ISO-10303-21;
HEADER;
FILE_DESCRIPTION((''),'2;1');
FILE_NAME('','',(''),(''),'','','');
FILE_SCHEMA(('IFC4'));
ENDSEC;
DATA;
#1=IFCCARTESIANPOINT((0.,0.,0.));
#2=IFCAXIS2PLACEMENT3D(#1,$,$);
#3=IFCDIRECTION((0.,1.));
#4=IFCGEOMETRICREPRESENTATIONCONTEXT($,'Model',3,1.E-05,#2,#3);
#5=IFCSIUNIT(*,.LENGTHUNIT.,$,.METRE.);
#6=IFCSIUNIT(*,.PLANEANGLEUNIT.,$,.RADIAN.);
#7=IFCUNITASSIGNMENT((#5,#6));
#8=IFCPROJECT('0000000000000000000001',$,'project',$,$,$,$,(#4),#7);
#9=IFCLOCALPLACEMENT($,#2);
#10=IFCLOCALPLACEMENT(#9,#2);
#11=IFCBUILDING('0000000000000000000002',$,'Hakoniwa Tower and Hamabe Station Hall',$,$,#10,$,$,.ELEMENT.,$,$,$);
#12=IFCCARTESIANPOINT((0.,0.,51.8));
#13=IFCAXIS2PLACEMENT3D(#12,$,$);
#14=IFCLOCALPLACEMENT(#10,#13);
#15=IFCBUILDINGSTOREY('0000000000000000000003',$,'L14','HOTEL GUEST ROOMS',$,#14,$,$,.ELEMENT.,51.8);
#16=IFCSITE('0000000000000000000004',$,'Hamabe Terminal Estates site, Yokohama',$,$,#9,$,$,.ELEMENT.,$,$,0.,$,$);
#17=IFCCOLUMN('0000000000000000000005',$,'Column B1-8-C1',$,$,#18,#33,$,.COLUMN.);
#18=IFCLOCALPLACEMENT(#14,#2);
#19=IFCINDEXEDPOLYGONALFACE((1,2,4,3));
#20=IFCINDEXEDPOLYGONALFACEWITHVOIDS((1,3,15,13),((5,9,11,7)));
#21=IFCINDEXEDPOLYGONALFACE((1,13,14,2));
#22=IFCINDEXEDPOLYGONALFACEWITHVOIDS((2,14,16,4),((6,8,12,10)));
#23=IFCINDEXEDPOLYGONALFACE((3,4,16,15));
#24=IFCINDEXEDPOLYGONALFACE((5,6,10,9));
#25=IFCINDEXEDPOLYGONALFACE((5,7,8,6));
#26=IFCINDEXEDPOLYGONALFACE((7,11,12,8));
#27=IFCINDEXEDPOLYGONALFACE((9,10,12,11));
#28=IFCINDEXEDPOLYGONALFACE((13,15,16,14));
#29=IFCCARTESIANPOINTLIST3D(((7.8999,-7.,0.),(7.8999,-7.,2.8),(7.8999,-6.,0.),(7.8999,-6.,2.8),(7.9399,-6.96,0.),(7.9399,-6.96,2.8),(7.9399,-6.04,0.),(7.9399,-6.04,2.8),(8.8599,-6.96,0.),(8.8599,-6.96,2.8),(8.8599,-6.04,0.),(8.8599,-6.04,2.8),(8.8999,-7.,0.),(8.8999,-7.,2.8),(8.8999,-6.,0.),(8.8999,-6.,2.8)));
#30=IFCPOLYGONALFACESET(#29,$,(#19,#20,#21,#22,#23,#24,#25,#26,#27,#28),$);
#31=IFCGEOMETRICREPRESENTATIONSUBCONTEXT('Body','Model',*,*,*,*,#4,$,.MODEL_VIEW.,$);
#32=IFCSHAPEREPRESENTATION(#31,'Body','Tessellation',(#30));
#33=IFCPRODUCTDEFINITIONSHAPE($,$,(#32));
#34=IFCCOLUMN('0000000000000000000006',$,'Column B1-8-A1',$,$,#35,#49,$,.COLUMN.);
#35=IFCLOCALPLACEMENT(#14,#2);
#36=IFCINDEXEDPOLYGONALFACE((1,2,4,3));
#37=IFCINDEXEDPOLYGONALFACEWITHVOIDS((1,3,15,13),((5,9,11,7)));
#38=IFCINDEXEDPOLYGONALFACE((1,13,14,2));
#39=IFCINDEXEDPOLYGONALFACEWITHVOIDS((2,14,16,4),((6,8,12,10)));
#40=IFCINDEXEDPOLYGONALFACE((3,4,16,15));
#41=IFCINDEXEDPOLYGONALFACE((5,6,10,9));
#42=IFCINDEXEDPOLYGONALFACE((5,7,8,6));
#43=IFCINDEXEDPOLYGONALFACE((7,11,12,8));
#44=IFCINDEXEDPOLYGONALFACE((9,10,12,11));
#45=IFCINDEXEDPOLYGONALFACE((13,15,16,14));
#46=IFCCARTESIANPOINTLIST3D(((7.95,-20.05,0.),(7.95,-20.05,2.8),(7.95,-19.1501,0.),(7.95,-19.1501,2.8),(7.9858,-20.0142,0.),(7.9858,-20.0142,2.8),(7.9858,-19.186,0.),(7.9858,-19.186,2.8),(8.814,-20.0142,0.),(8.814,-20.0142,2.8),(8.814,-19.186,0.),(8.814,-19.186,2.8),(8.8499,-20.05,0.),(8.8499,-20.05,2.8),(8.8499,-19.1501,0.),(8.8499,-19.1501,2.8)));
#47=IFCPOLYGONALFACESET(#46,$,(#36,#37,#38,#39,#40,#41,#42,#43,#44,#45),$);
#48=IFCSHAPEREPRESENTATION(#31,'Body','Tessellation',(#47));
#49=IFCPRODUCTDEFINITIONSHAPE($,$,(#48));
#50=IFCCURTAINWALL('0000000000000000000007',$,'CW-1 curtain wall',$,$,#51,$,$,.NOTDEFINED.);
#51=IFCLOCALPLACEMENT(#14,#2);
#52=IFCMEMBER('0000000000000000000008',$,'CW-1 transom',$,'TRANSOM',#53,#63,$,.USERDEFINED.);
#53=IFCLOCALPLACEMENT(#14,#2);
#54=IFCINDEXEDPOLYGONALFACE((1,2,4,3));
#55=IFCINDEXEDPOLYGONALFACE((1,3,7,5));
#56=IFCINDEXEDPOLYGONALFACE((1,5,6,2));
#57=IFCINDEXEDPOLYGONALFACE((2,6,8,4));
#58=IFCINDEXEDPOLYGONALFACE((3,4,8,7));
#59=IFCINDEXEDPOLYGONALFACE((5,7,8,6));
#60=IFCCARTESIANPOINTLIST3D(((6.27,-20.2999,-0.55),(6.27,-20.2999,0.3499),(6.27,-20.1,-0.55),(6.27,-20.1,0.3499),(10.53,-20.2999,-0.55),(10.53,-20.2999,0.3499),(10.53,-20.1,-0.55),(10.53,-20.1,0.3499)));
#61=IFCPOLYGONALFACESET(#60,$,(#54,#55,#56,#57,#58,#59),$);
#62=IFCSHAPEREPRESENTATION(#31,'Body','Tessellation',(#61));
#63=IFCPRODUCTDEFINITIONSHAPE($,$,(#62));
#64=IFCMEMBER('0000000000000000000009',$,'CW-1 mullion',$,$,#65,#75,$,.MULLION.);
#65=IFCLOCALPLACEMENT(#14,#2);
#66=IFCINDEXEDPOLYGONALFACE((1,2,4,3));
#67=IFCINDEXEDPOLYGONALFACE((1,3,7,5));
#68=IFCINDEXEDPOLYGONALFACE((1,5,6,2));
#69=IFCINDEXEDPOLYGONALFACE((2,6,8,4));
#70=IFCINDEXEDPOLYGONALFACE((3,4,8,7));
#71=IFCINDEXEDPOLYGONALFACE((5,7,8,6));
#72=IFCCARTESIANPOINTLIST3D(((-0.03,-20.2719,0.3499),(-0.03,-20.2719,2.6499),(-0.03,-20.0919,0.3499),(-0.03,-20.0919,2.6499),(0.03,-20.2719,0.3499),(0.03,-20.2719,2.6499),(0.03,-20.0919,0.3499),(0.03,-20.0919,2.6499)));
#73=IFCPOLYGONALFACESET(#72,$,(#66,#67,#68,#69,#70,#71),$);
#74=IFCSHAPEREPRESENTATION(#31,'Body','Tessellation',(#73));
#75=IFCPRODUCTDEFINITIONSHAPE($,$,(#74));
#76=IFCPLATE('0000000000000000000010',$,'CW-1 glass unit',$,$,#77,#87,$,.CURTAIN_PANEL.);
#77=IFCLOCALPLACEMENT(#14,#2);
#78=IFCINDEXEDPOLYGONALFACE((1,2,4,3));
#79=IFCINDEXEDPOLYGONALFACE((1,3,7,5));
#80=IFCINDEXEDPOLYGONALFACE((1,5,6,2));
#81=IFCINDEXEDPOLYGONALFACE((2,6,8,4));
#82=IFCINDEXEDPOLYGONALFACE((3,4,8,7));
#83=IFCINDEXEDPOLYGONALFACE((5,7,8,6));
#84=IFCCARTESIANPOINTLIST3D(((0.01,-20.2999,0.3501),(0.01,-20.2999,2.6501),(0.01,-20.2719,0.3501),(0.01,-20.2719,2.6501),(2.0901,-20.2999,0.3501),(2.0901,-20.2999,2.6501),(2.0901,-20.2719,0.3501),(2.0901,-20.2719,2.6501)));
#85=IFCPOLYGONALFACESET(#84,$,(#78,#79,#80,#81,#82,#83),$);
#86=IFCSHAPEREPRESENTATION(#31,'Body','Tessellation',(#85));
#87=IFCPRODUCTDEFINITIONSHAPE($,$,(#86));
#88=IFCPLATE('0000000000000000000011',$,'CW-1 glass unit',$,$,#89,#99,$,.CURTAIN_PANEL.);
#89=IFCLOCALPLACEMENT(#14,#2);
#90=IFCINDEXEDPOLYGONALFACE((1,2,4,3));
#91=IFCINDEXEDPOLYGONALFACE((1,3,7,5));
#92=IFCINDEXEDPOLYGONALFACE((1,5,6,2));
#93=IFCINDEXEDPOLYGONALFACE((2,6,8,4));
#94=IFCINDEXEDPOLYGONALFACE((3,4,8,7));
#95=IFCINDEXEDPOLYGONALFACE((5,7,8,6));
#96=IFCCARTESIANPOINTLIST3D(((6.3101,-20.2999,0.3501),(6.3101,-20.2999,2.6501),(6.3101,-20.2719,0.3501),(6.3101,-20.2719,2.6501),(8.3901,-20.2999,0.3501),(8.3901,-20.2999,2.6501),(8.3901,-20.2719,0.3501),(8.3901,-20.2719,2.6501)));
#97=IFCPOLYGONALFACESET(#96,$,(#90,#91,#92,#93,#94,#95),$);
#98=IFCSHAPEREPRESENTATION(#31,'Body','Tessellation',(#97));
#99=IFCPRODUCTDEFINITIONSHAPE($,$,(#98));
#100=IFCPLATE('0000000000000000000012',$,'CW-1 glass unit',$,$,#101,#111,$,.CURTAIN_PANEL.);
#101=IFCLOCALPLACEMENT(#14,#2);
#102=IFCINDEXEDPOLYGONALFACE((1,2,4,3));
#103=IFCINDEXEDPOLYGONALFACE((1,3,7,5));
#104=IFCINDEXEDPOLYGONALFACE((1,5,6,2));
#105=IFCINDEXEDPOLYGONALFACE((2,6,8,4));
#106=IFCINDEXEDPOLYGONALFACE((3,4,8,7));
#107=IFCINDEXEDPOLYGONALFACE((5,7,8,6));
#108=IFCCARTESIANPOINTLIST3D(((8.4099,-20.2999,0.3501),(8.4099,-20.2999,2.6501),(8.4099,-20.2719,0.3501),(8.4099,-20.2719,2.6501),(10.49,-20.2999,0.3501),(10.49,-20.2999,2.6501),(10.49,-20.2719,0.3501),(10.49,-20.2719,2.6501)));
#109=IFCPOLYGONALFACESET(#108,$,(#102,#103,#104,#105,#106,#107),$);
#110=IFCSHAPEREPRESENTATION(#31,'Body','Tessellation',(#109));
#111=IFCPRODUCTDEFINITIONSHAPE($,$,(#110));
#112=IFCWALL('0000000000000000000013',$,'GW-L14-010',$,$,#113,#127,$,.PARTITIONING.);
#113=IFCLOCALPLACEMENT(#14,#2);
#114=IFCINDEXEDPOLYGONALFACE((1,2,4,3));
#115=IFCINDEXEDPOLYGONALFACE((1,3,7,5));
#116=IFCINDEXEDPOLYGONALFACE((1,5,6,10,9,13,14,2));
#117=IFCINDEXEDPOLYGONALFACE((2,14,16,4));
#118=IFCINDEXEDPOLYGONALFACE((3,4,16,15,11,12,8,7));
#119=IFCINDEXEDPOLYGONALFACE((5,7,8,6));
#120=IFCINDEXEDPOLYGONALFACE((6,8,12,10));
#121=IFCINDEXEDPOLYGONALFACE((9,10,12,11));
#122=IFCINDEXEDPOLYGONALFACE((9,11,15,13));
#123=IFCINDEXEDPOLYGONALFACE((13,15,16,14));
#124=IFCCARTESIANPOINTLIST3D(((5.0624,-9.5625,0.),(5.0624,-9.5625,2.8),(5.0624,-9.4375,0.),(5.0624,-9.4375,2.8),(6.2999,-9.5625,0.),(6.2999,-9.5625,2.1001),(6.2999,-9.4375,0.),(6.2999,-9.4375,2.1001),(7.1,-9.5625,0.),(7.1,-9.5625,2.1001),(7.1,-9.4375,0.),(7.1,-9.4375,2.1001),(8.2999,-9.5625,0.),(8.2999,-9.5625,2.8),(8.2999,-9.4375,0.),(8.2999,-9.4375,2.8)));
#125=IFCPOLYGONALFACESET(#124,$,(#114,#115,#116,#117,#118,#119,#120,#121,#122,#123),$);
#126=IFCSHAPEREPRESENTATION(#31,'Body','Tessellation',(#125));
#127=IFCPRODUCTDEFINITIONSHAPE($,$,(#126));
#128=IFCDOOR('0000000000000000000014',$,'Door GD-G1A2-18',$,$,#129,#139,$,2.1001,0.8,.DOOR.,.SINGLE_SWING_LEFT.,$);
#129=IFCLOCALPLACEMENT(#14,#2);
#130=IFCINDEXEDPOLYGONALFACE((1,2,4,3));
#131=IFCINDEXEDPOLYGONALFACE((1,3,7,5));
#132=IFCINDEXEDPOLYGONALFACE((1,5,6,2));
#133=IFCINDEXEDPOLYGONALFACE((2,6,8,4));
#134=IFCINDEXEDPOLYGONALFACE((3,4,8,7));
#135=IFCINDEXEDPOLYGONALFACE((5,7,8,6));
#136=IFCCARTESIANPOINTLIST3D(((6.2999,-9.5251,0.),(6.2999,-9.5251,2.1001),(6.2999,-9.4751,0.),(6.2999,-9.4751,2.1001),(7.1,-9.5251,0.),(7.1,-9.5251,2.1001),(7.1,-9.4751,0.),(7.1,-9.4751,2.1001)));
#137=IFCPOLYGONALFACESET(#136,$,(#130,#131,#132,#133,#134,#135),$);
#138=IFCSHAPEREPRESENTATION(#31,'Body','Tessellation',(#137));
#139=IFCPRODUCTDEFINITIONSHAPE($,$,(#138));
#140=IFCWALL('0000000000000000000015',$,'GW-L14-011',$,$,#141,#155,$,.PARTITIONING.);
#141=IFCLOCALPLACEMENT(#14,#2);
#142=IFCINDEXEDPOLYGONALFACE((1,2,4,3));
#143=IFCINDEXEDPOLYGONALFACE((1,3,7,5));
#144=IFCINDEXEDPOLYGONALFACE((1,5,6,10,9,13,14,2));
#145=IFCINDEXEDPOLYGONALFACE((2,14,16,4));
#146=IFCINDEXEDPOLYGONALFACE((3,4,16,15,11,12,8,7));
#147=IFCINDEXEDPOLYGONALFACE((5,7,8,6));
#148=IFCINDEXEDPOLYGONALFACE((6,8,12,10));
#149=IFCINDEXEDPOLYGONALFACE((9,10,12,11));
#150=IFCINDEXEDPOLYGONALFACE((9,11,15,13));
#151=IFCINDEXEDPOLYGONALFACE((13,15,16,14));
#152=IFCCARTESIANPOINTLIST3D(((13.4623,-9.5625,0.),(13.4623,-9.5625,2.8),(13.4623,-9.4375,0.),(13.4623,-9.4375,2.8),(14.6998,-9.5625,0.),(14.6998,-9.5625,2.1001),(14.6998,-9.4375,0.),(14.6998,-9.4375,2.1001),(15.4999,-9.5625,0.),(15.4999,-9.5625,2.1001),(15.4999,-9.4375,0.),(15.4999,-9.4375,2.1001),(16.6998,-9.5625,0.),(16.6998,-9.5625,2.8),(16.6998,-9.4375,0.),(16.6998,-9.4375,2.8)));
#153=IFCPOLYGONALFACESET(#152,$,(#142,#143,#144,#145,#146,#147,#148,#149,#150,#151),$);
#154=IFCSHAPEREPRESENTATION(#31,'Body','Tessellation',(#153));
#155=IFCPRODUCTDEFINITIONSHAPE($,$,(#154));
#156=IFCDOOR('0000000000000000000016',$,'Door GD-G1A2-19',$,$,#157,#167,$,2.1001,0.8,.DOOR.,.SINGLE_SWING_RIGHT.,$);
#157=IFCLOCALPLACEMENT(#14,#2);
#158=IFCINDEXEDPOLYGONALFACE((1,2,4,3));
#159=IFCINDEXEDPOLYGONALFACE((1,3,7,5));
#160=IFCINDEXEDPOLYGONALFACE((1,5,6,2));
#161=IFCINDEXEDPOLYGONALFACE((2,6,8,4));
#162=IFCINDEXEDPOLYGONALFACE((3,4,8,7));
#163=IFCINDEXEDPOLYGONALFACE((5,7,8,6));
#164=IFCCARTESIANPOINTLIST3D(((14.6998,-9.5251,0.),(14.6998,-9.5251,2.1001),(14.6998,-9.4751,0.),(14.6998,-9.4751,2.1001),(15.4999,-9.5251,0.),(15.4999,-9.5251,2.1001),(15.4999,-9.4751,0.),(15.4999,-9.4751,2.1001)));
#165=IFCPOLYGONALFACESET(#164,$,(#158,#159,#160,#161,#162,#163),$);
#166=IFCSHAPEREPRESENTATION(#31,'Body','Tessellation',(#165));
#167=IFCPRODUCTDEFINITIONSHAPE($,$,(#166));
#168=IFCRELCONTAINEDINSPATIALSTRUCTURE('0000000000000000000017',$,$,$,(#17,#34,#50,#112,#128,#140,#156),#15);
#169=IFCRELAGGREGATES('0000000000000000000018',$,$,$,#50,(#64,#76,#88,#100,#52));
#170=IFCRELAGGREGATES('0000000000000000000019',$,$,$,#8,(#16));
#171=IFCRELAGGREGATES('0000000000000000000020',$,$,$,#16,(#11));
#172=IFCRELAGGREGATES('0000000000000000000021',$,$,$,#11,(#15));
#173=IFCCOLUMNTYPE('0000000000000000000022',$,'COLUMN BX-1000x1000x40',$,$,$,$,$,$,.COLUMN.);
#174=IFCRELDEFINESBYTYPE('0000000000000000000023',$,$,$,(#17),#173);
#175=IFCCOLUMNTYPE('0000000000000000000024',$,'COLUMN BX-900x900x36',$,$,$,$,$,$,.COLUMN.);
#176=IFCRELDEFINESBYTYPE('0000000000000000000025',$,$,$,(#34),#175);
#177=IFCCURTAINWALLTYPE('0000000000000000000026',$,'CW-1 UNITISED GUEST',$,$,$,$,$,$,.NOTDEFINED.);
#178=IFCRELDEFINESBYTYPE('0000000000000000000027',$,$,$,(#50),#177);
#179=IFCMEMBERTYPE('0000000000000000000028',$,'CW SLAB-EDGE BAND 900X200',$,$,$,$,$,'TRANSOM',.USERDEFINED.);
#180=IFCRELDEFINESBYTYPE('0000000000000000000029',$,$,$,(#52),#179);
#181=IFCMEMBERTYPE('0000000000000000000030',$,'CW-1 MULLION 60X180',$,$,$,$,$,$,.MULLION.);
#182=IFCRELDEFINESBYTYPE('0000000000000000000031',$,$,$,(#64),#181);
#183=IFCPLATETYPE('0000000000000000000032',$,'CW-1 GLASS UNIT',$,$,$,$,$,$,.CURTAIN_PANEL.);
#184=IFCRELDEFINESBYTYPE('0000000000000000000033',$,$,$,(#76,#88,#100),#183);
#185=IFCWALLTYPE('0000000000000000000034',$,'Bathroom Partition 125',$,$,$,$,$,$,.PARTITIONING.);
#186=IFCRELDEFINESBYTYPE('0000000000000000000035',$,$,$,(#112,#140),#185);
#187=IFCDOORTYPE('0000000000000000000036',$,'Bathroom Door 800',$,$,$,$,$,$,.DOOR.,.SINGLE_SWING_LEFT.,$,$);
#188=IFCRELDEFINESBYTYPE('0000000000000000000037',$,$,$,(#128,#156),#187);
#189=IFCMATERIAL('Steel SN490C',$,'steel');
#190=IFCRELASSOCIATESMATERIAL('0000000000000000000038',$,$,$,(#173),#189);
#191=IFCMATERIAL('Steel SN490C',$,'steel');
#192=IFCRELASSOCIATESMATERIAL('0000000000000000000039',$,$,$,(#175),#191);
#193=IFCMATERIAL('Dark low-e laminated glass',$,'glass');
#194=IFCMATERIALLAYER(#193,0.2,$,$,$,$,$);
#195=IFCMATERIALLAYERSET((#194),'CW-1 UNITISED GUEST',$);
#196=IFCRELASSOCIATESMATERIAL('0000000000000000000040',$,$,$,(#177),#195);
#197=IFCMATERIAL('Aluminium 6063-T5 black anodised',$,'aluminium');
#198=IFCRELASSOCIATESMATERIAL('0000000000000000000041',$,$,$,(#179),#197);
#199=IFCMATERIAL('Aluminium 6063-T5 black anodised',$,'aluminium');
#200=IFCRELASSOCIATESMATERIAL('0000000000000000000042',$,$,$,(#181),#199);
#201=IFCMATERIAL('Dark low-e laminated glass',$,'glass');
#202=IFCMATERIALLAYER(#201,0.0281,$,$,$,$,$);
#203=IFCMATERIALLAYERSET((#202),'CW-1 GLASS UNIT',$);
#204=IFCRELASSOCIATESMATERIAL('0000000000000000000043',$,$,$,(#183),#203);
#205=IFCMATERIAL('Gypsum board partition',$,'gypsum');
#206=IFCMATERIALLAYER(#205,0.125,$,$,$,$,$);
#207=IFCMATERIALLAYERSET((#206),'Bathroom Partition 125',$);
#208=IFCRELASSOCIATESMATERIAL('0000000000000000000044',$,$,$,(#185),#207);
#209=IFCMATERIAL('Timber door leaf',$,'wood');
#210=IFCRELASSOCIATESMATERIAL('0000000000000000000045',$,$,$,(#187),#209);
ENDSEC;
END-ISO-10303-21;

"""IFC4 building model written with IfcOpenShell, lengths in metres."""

from ifc_helpers import new_model, si_unit, direction, frame, frame_2d, origin, origin_2d, place, context, subcontext, project, spatial, rectangle, hollow_rectangle, extrude, material, layer, layer_set, material_profile, profile_set, type_object, element, fill, aggregate, save


model = new_model("IFC4")

# Units and contexts
model_context = context("Model", 3, precision=1e-05, world=origin(), true_north=direction((0.0, 1.0)))
body_context = subcontext(model_context, "Body", "Model", "MODEL_VIEW")
ifc_project = project(units=[si_unit("LENGTHUNIT", "METRE"), si_unit("PLANEANGLEUNIT", "RADIAN")], contexts=[model_context])

# Site, building, storey
site_placement = place(None, origin())
site = spatial("IfcSite", under=ifc_project, at=site_placement, Name="Hamabe Terminal Estates site, Yokohama", CompositionType="ELEMENT", RefElevation=0.0)
building_placement = place(site_placement, origin())
building = spatial("IfcBuilding", under=site, at=building_placement, Name="Hakoniwa Tower and Hamabe Station Hall", CompositionType="ELEMENT")
storey_placement = place(building_placement, frame((0.0, 0.0, 51.8)))
storey = spatial("IfcBuildingStorey", under=building, at=storey_placement, Name="L14", Description="HOTEL GUEST ROOMS", CompositionType="ELEMENT", Elevation=51.8)

# Columns
ifc_material_1 = material(Name="Steel SN490C", Category="steel")
ifc_material_profile_1 = material_profile(ifc_material_1, hollow_rectangle(XDim=1.0, YDim=1.0, WallThickness=0.04, at=origin_2d()), Name="BX-1000x1000x40")
ifc_profile_set_1 = profile_set([ifc_material_profile_1], Name="Steel SN490C")
column_type_1 = type_object("IfcColumnType", Name="COLUMN BX-1000x1000x40", PredefinedType="COLUMN", material=ifc_profile_set_1)
column_1_placement = place(storey_placement, frame((8.3999, -6.5, 0.0), z_axis=(0.0, 0.0, 1.0), x_axis=(1.0, 0.0, 0.0)))
element("IfcColumn", 1, at=column_1_placement, inside=storey, type_object=column_type_1, Name="Column B1-8-C1", PredefinedType="COLUMN", context=body_context, shape_type="SweptSolid", body=[
    extrude(hollow_rectangle(XDim=1.0, YDim=1.0, WallThickness=0.04, at=origin_2d()), origin(), (0.0, 0.0, 1.0), 2.8),
])
ifc_material_2 = material(Name="Steel SN490C", Category="steel")
ifc_material_profile_2 = material_profile(ifc_material_2, hollow_rectangle(XDim=0.8999, YDim=0.8999, WallThickness=0.0359, at=origin_2d()), Name="BX-900x900x36")
ifc_profile_set_2 = profile_set([ifc_material_profile_2], Name="Steel SN490C")
column_type_2 = type_object("IfcColumnType", Name="COLUMN BX-900x900x36", PredefinedType="COLUMN", material=ifc_profile_set_2)
column_2_placement = place(storey_placement, frame((8.3999, -19.6001, 0.0), z_axis=(0.0, 0.0, 1.0), x_axis=(1.0, 0.0, 0.0)))
element("IfcColumn", 2, at=column_2_placement, inside=storey, type_object=column_type_2, Name="Column B1-8-A1", PredefinedType="COLUMN", context=body_context, shape_type="SweptSolid", body=[
    extrude(hollow_rectangle(XDim=0.8999, YDim=0.8999, WallThickness=0.0359, at=origin_2d()), origin(), (0.0, 0.0, 1.0), 2.8),
])

# Curtain wall, members, plates
ifc_material_3 = material(Name="Dark low-e laminated glass", Category="glass")
ifc_layer_1 = layer(ifc_material_3, 0.2)
ifc_layer_set_1 = layer_set([ifc_layer_1], Name="CW-1 UNITISED GUEST")
curtain_wall_type = type_object("IfcCurtainWallType", Name="CW-1 UNITISED GUEST", PredefinedType="NOTDEFINED", material=ifc_layer_set_1)
curtain_wall_placement = place(storey_placement, origin())
curtain_wall = element("IfcCurtainWall", 3, at=curtain_wall_placement, inside=storey, type_object=curtain_wall_type, Name="CW-1 curtain wall", PredefinedType="NOTDEFINED")
ifc_material_4 = material(Name="Aluminium 6063-T5 black anodised", Category="aluminium")
ifc_material_profile_3 = material_profile(ifc_material_4, rectangle(XDim=0.2, YDim=0.8999, at=origin_2d()), Name="CW SLAB-EDGE BAND 900X200")
ifc_profile_set_3 = profile_set([ifc_material_profile_3], Name="Aluminium 6063-T5 black anodised")
member_type_1 = type_object("IfcMemberType", Name="CW SLAB-EDGE BAND 900X200", ElementType="TRANSOM", PredefinedType="USERDEFINED", material=ifc_profile_set_3)
member_1_placement = place(storey_placement, frame((6.27, -20.2, -0.1001), z_axis=(1.0, 0.0, 0.0), x_axis=(0.0, 1.0, 0.0)))
member_1 = element("IfcMember", 4, at=member_1_placement, type_object=member_type_1, Name="CW-1 transom", ObjectType="TRANSOM", PredefinedType="USERDEFINED", context=body_context, shape_type="SweptSolid", body=[
    extrude(rectangle(XDim=0.2, YDim=0.8999, at=origin_2d()), origin(), (0.0, 0.0, 1.0), 4.26),
])
ifc_material_5 = material(Name="Aluminium 6063-T5 black anodised", Category="aluminium")
ifc_material_profile_4 = material_profile(ifc_material_5, rectangle(XDim=0.0601, YDim=0.1799, at=origin_2d()), Name="CW-1 MULLION 60X180")
ifc_profile_set_4 = profile_set([ifc_material_profile_4], Name="Aluminium 6063-T5 black anodised")
member_type_2 = type_object("IfcMemberType", Name="CW-1 MULLION 60X180", PredefinedType="MULLION", material=ifc_profile_set_4)
member_2_placement = place(storey_placement, frame((0.0, -20.1819, 0.3499), z_axis=(0.0, 0.0, 1.0), x_axis=(1.0, 0.0, 0.0)))
member_2 = element("IfcMember", 5, at=member_2_placement, type_object=member_type_2, Name="CW-1 mullion", PredefinedType="MULLION", context=body_context, shape_type="SweptSolid", body=[
    extrude(rectangle(XDim=0.0601, YDim=0.1799, at=origin_2d()), origin(), (0.0, 0.0, 1.0), 2.3),
])
ifc_material_6 = material(Name="Dark low-e laminated glass", Category="glass")
ifc_layer_2 = layer(ifc_material_6, 0.0281)
ifc_layer_set_2 = layer_set([ifc_layer_2], Name="CW-1 GLASS UNIT")
plate_type = type_object("IfcPlateType", Name="CW-1 GLASS UNIT", PredefinedType="CURTAIN_PANEL", material=ifc_layer_set_2)
plate_1_placement = place(storey_placement, frame((1.05, -20.2859, 0.3501), z_axis=(0.0, 0.0, 1.0), x_axis=(1.0, 0.0, 0.0)))
plate_1 = element("IfcPlate", 6, at=plate_1_placement, type_object=plate_type, Name="CW-1 glass unit", PredefinedType="CURTAIN_PANEL", context=body_context, shape_type="SweptSolid", body=[
    extrude(rectangle(XDim=2.0801, YDim=0.0281, at=origin_2d()), origin(), (0.0, 0.0, 1.0), 2.3),
])
plate_2_placement = place(storey_placement, frame((7.3501, -20.2859, 0.3501), z_axis=(0.0, 0.0, 1.0), x_axis=(1.0, 0.0, 0.0)))
plate_2 = element("IfcPlate", 7, at=plate_2_placement, type_object=plate_type, Name="CW-1 glass unit", PredefinedType="CURTAIN_PANEL", context=body_context, shape_type="SweptSolid", body=[
    extrude(rectangle(XDim=2.0801, YDim=0.0281, at=origin_2d()), origin(), (0.0, 0.0, 1.0), 2.3),
])
plate_3_placement = place(storey_placement, frame((9.45, -20.2859, 0.3501), z_axis=(0.0, 0.0, 1.0), x_axis=(1.0, 0.0, 0.0)))
plate_3 = element("IfcPlate", 8, at=plate_3_placement, type_object=plate_type, Name="CW-1 glass unit", PredefinedType="CURTAIN_PANEL", context=body_context, shape_type="SweptSolid", body=[
    extrude(rectangle(XDim=2.0801, YDim=0.0281, at=origin_2d()), origin(), (0.0, 0.0, 1.0), 2.3),
])

# Walls, openings, doors
ifc_material_7 = material(Name="Gypsum board partition", Category="gypsum")
ifc_layer_3 = layer(ifc_material_7, 0.125)
ifc_layer_set_3 = layer_set([ifc_layer_3], Name="Bathroom Partition 125")
wall_type_1 = type_object("IfcWallType", Name="Bathroom Partition 125", PredefinedType="PARTITIONING", material=ifc_layer_set_3)
wall_1_placement = place(storey_placement, frame((5.0625, -9.5, 0.0), z_axis=(0.0, 0.0, 1.0), x_axis=(1.0, 0.0, 0.0)))
wall_1 = element("IfcWall", 9, at=wall_1_placement, inside=storey, type_object=wall_type_1, Name="GW-L14-010", PredefinedType="PARTITIONING", context=body_context, shape_type="SweptSolid", body=[
    extrude(rectangle(XDim=3.2375, YDim=0.125, at=frame_2d((1.6187, 0.0))), origin(), (0.0, 0.0, 1.0), 2.8),
])
opening_1_placement = place(wall_1_placement, frame((1.2375, 0.0, 0.0)))
opening_1 = element("IfcOpeningElement", 10, at=opening_1_placement, cuts=wall_1, PredefinedType="OPENING", context=body_context, shape_type="SweptSolid", body=[
    extrude(rectangle(XDim=0.8, YDim=2.1001, at=frame_2d((0.3999, 1.05))), frame((0.0, 0.0725, 0.0), z_axis=(0.0, -1.0, 0.0), x_axis=(1.0, 0.0, 0.0)), (0.0, 0.0, 1.0), 0.145),
])
ifc_material_8 = material(Name="Timber door leaf", Category="wood")
door_type_1 = type_object("IfcDoorType", Name="Bathroom Door 800", OperationType="SINGLE_SWING_LEFT", PredefinedType="DOOR", material=ifc_material_8)
door_1_placement = place(opening_1_placement, origin())
door_1 = element("IfcDoor", 11, at=door_1_placement, inside=storey, type_object=door_type_1, Name="Door GD-G1A2-18", OperationType="SINGLE_SWING_LEFT", OverallHeight=2.1001, OverallWidth=0.8, PredefinedType="DOOR", context=body_context, shape_type="SweptSolid", body=[
    extrude(rectangle(XDim=0.8, YDim=2.1001, at=frame_2d((0.3999, 1.05))), frame((0.0, 0.0249, 0.0), z_axis=(0.0, -1.0, 0.0), x_axis=(1.0, 0.0, 0.0)), (0.0, 0.0, 1.0), 0.05),
])
fill(opening_1, door_1)
wall_2_placement = place(storey_placement, frame((13.4624, -9.5, 0.0), z_axis=(0.0, 0.0, 1.0), x_axis=(1.0, 0.0, 0.0)))
wall_2 = element("IfcWall", 12, at=wall_2_placement, inside=storey, type_object=wall_type_1, Name="GW-L14-011", PredefinedType="PARTITIONING", context=body_context, shape_type="SweptSolid", body=[
    extrude(rectangle(XDim=3.2375, YDim=0.125, at=frame_2d((1.6187, 0.0))), origin(), (0.0, 0.0, 1.0), 2.8),
])
opening_2_placement = place(wall_2_placement, frame((1.2375, 0.0, 0.0)))
opening_2 = element("IfcOpeningElement", 13, at=opening_2_placement, cuts=wall_2, PredefinedType="OPENING", context=body_context, shape_type="SweptSolid", body=[
    extrude(rectangle(XDim=0.8, YDim=2.1001, at=frame_2d((0.3999, 1.05))), frame((0.0, 0.0725, 0.0), z_axis=(0.0, -1.0, 0.0), x_axis=(1.0, 0.0, 0.0)), (0.0, 0.0, 1.0), 0.145),
])
door_2_placement = place(opening_2_placement, origin())
door_2 = element("IfcDoor", 14, at=door_2_placement, inside=storey, type_object=door_type_1, Name="Door GD-G1A2-19", OperationType="SINGLE_SWING_RIGHT", OverallHeight=2.1001, OverallWidth=0.8, PredefinedType="DOOR", context=body_context, shape_type="SweptSolid", body=[
    extrude(rectangle(XDim=0.8, YDim=2.1001, at=frame_2d((0.3999, 1.05))), frame((0.0, 0.0249, 0.0), z_axis=(0.0, -1.0, 0.0), x_axis=(1.0, 0.0, 0.0)), (0.0, 0.0, 1.0), 0.05),
])
fill(opening_2, door_2)

aggregate(curtain_wall, [member_2, plate_1, plate_2, plate_3, member_1])

save(model, "model.ifc")
